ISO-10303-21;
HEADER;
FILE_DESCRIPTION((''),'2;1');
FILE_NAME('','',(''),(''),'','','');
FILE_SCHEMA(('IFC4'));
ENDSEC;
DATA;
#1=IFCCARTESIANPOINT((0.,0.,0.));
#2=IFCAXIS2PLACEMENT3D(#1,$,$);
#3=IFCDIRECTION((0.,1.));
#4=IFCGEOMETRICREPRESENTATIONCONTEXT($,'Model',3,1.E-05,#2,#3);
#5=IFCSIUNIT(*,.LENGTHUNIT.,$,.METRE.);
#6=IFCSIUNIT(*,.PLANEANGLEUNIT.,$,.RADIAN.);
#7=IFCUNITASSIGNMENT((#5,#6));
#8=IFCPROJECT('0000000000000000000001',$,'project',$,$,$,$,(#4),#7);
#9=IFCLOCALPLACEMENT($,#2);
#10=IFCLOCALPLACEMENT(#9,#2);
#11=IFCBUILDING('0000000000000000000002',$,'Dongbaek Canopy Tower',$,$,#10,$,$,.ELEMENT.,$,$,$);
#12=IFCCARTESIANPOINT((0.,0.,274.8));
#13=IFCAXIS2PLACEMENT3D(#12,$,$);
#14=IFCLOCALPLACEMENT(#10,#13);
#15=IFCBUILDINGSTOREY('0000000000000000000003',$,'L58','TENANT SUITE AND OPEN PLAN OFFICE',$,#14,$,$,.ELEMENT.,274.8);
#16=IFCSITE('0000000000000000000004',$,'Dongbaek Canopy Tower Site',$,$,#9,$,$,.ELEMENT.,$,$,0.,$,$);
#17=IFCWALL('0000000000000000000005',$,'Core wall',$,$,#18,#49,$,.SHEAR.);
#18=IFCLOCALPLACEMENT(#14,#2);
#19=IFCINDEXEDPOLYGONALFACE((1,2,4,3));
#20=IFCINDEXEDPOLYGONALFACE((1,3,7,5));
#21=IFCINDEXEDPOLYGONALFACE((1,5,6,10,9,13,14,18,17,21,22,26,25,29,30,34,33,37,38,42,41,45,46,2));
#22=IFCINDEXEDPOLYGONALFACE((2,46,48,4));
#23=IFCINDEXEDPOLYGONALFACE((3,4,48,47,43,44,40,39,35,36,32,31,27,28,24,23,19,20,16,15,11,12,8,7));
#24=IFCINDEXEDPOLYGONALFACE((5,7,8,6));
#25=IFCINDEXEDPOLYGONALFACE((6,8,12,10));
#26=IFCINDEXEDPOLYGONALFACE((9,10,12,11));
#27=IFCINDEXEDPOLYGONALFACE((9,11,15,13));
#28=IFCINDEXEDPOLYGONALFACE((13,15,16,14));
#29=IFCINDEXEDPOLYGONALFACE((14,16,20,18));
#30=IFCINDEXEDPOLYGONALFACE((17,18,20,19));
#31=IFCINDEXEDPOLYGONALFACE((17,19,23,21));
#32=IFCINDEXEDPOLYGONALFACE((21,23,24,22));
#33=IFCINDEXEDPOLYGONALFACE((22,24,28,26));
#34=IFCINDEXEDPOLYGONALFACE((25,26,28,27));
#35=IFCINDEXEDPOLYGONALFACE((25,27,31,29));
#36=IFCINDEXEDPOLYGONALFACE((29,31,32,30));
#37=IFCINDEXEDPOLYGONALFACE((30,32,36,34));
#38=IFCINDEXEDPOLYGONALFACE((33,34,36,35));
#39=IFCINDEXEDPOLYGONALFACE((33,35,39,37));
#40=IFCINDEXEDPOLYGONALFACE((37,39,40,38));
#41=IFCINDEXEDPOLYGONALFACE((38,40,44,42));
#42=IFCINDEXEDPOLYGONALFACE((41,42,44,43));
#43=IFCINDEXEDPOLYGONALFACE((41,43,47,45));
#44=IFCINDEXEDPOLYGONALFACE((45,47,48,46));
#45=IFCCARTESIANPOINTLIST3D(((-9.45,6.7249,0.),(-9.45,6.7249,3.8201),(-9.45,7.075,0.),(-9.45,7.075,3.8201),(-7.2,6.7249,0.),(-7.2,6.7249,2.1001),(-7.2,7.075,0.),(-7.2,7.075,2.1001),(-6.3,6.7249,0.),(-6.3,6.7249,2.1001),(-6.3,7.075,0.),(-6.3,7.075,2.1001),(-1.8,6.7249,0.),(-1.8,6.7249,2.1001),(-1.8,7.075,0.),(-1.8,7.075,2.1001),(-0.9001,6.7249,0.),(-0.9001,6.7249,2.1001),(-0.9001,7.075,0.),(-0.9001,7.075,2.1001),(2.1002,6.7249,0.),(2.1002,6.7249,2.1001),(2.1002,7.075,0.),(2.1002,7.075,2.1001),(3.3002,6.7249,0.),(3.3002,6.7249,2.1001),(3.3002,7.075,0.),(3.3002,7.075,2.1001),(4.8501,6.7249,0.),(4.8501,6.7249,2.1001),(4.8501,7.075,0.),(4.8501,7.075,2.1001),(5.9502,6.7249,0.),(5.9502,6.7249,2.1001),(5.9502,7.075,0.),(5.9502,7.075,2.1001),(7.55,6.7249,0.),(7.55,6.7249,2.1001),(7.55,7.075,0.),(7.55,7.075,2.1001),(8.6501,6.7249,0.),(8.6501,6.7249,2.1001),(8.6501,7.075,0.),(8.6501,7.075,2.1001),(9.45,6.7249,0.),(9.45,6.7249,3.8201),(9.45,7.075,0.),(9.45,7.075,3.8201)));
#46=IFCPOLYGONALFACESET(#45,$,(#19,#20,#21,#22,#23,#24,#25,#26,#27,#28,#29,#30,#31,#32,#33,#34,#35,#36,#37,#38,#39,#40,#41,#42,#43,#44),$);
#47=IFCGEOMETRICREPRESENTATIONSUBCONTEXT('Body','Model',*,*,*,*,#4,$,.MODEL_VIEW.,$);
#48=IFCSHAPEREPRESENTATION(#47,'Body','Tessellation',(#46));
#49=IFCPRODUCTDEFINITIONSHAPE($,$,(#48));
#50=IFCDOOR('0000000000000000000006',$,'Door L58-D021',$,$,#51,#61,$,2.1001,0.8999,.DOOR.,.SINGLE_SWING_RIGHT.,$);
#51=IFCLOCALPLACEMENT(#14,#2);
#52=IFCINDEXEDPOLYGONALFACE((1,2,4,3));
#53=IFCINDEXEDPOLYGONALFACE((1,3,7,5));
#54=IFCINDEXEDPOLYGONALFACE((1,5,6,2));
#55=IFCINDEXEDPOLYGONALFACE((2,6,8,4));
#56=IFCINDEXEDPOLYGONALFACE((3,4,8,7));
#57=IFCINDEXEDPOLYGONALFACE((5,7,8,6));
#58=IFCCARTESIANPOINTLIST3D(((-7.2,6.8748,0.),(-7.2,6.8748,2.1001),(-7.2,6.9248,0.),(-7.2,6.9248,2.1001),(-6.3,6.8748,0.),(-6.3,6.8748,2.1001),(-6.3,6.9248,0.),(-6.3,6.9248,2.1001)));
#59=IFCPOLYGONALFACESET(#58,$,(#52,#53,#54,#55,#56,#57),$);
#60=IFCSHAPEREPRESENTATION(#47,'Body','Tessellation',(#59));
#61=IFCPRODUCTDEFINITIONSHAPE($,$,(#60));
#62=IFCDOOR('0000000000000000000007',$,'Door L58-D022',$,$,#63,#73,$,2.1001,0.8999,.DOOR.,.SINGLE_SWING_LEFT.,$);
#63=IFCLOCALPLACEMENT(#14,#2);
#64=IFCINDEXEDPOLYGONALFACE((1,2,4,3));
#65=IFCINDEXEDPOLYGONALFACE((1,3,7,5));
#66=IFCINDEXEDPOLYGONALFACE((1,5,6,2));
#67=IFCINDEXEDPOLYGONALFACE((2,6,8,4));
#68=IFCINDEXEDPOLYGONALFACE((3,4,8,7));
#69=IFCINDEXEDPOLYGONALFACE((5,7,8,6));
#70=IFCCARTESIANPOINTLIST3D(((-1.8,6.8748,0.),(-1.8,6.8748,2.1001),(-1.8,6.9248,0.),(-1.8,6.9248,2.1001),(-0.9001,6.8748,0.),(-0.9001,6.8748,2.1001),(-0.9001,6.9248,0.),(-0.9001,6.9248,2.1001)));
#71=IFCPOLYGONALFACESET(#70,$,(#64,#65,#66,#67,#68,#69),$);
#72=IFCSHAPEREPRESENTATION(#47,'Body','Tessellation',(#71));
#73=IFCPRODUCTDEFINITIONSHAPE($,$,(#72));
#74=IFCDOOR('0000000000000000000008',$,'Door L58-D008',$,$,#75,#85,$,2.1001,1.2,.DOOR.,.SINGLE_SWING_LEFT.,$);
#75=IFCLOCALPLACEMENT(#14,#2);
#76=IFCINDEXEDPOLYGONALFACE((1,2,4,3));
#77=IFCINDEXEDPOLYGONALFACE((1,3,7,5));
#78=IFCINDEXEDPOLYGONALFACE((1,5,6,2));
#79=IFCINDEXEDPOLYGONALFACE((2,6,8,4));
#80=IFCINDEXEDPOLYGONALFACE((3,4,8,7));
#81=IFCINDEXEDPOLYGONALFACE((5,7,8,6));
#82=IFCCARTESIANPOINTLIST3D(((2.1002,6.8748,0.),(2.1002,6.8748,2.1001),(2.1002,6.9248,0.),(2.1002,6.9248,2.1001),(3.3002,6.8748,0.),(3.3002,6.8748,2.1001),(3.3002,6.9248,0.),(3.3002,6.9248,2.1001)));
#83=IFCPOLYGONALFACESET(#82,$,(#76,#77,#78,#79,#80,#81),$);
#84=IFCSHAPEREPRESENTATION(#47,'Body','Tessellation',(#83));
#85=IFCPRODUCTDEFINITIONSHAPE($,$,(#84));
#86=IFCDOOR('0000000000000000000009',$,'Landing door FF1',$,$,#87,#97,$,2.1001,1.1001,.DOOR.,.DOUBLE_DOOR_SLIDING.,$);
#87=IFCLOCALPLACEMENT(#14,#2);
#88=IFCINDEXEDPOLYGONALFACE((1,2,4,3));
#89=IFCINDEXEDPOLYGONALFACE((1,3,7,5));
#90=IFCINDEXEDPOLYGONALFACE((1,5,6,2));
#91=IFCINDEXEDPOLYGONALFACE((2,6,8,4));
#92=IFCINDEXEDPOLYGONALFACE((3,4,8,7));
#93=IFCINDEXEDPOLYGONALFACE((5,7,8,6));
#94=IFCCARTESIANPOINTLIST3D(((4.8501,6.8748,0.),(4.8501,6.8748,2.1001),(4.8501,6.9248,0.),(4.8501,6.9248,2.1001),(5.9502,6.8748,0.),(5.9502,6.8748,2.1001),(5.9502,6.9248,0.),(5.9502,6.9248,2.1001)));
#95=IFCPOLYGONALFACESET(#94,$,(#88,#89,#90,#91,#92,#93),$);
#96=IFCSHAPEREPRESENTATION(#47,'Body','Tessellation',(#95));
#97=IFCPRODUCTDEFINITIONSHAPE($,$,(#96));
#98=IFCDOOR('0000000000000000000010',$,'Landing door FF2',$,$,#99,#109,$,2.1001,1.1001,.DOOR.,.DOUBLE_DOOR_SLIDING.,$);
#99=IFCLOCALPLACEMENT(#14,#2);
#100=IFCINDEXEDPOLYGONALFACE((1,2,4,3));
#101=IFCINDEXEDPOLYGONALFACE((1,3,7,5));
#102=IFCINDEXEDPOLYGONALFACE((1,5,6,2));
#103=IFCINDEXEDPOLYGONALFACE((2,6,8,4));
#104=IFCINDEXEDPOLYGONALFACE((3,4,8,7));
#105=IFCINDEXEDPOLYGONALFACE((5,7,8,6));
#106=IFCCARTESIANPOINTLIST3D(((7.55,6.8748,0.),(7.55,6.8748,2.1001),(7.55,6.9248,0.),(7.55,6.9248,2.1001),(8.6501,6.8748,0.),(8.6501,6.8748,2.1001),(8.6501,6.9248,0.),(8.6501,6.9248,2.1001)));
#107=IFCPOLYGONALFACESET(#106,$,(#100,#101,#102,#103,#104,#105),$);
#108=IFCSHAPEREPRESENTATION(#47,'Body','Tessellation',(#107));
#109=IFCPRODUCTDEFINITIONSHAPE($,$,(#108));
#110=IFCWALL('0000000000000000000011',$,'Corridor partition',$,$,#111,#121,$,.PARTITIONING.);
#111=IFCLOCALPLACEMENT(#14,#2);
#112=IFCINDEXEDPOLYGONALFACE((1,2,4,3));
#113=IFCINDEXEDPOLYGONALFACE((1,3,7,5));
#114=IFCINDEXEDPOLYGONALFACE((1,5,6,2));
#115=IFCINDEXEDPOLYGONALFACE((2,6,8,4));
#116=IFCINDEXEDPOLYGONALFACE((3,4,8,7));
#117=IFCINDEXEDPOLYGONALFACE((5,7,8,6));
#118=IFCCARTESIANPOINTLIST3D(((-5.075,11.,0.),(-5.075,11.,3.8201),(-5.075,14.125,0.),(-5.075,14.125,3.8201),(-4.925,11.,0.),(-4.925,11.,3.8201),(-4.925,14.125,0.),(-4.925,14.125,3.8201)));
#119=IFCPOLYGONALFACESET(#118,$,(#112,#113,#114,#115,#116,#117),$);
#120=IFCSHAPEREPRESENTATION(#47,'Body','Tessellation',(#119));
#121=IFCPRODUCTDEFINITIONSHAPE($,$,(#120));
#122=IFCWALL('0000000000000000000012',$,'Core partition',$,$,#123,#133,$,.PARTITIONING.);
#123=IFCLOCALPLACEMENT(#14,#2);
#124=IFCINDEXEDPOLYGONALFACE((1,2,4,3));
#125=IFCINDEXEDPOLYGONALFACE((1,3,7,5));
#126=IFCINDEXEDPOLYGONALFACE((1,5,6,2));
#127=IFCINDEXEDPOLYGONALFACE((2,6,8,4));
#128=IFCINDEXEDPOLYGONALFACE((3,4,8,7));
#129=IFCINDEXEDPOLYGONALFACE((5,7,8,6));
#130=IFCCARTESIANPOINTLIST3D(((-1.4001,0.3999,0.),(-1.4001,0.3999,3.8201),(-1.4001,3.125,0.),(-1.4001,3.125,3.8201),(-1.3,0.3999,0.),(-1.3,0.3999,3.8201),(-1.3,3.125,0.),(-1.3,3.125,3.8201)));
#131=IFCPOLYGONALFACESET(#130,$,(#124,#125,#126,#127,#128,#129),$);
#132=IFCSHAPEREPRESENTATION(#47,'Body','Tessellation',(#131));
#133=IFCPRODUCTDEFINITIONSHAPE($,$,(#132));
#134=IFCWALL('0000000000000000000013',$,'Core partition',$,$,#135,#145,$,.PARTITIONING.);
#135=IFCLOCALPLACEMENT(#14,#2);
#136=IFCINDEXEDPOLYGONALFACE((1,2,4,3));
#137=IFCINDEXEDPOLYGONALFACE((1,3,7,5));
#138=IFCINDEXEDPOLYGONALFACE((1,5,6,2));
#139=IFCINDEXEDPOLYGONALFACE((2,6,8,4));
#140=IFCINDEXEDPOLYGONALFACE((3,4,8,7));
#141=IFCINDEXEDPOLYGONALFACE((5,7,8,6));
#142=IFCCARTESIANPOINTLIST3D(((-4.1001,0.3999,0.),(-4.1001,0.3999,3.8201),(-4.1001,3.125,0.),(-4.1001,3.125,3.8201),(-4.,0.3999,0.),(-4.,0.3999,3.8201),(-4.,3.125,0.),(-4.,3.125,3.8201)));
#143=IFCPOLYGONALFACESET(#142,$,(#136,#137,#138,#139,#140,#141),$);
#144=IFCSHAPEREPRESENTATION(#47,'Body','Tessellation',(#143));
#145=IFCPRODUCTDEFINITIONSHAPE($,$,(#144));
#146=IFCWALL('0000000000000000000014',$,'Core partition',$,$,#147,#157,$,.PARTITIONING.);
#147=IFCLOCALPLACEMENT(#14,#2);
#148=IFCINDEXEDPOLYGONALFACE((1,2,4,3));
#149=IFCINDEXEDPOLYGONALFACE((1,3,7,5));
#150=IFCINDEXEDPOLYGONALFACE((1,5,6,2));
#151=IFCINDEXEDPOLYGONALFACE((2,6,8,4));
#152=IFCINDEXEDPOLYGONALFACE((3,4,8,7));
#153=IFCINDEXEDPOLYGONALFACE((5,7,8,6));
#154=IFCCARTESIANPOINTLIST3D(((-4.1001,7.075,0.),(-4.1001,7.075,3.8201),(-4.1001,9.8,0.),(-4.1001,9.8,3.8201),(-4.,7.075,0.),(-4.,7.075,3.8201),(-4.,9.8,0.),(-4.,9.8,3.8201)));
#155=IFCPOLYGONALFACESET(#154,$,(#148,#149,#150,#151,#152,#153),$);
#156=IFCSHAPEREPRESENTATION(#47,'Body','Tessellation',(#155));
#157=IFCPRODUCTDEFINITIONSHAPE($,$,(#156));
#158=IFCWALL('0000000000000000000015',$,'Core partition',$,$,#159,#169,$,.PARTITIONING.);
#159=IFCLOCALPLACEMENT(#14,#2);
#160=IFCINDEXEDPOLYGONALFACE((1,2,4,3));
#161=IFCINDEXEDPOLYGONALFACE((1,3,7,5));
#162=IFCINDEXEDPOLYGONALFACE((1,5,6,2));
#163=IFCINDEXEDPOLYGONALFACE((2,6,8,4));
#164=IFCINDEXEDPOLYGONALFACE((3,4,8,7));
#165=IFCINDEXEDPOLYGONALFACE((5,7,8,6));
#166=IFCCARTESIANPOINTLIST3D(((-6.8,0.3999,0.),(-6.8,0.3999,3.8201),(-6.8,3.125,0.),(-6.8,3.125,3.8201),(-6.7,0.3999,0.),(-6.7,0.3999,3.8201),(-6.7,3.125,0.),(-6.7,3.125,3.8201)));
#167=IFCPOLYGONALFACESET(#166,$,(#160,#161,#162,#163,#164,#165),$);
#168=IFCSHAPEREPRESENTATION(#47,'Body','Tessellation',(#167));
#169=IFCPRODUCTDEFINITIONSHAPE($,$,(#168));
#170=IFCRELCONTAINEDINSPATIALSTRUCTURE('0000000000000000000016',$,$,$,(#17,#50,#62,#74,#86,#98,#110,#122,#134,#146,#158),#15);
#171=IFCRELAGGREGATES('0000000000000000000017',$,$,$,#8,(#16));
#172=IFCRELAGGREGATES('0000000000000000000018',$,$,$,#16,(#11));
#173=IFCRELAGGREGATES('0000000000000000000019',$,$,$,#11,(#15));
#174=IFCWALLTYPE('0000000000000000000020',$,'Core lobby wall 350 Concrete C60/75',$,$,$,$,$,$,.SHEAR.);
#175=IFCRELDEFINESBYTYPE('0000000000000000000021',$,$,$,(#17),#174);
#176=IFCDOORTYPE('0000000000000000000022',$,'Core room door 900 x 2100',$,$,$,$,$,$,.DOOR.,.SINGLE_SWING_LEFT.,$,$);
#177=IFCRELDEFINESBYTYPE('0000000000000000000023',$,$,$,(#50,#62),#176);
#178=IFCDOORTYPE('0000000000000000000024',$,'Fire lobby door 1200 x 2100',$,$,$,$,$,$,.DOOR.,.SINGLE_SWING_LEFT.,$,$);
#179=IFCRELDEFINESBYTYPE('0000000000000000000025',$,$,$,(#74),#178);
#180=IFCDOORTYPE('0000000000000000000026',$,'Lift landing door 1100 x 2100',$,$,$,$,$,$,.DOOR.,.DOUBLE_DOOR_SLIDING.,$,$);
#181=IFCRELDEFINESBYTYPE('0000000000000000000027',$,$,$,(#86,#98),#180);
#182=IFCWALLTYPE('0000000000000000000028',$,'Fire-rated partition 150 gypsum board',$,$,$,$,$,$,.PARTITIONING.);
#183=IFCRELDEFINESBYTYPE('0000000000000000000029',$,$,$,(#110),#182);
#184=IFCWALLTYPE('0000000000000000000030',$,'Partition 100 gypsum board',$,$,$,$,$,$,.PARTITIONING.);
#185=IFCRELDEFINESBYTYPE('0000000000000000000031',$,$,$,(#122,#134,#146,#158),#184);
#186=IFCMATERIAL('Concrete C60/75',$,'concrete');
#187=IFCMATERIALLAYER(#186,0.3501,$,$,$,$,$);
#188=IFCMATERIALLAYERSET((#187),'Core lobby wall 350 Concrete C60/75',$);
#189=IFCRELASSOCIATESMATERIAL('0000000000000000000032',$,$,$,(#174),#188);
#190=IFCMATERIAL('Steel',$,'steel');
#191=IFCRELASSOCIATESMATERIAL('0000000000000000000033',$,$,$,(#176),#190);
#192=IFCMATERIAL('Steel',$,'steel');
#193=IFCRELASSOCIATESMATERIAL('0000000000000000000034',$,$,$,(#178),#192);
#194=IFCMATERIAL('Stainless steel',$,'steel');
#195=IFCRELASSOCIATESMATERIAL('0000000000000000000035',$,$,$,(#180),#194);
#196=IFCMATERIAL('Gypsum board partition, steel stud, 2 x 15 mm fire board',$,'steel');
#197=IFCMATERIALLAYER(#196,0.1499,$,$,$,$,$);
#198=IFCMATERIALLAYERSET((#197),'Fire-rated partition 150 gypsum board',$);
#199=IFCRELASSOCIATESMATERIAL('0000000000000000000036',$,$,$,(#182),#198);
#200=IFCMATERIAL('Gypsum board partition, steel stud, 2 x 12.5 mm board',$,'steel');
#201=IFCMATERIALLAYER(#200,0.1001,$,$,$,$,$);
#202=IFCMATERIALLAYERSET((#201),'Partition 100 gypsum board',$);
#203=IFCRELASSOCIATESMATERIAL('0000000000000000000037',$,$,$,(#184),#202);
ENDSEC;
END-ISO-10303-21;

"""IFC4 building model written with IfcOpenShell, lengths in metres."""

from ifc_helpers import new_model, si_unit, direction, frame, frame_2d, origin, place, context, subcontext, project, spatial, rectangle, extrude, material, layer, layer_set, type_object, element, fill, save


model = new_model("IFC4")

# Units and contexts
model_context = context("Model", 3, precision=1e-05, world=origin(), true_north=direction((0.0, 1.0)))
body_context = subcontext(model_context, "Body", "Model", "MODEL_VIEW")
ifc_project = project(units=[si_unit("LENGTHUNIT", "METRE"), si_unit("PLANEANGLEUNIT", "RADIAN")], contexts=[model_context])

# Site, building, storey
site_placement = place(None, origin())
site = spatial("IfcSite", under=ifc_project, at=site_placement, Name="Dongbaek Canopy Tower Site", CompositionType="ELEMENT", RefElevation=0.0)
building_placement = place(site_placement, origin())
building = spatial("IfcBuilding", under=site, at=building_placement, Name="Dongbaek Canopy Tower", CompositionType="ELEMENT")
storey_placement = place(building_placement, frame((0.0, 0.0, 274.8)))
storey = spatial("IfcBuildingStorey", under=building, at=storey_placement, Name="L58", Description="TENANT SUITE AND OPEN PLAN OFFICE", CompositionType="ELEMENT", Elevation=274.8)

# Wall, openings, doors
ifc_material_1 = material(Name="Concrete C60/75", Category="concrete")
ifc_layer_1 = layer(ifc_material_1, 0.3501)
ifc_layer_set_1 = layer_set([ifc_layer_1], Name="Core lobby wall 350 Concrete C60/75")
wall_type_1 = type_object("IfcWallType", Name="Core lobby wall 350 Concrete C60/75", PredefinedType="SHEAR", material=ifc_layer_set_1)
wall_1_placement = place(storey_placement, frame((-9.45, 6.8999, 0.0), z_axis=(0.0, 0.0, 1.0), x_axis=(1.0, 0.0, 0.0)))
wall_1 = element("IfcWall", 1, at=wall_1_placement, inside=storey, type_object=wall_type_1, Name="Core wall", PredefinedType="SHEAR", context=body_context, shape_type="SweptSolid", body=[
    extrude(rectangle(XDim=18.8999, YDim=0.3501, at=frame_2d((9.45, 0.0))), origin(), (0.0, 0.0, 1.0), 3.8201),
])
opening_1_placement = place(wall_1_placement, frame((11.55, 0.0, 0.0)))
opening_1 = element("IfcOpeningElement", 2, at=opening_1_placement, cuts=wall_1, PredefinedType="OPENING", context=body_context, shape_type="SweptSolid", body=[
    extrude(rectangle(XDim=1.2, YDim=2.1001, at=frame_2d((0.6001, 1.05))), frame((0.0, 0.1851, 0.0), z_axis=(0.0, -1.0, 0.0), x_axis=(1.0, 0.0, 0.0)), (0.0, 0.0, 1.0), 0.3701),
])
opening_2_placement = place(wall_1_placement, frame((14.3, 0.0, 0.0)))
opening_2 = element("IfcOpeningElement", 3, at=opening_2_placement, cuts=wall_1, PredefinedType="OPENING", context=body_context, shape_type="SweptSolid", body=[
    extrude(rectangle(XDim=1.1001, YDim=2.1001, at=frame_2d((0.55, 1.05))), frame((0.0, 0.1851, 0.0), z_axis=(0.0, -1.0, 0.0), x_axis=(1.0, 0.0, 0.0)), (0.0, 0.0, 1.0), 0.3701),
])
opening_3_placement = place(wall_1_placement, frame((17.0, 0.0, 0.0)))
opening_3 = element("IfcOpeningElement", 4, at=opening_3_placement, cuts=wall_1, PredefinedType="OPENING", context=body_context, shape_type="SweptSolid", body=[
    extrude(rectangle(XDim=1.1001, YDim=2.1001, at=frame_2d((0.55, 1.05))), frame((0.0, 0.1851, 0.0), z_axis=(0.0, -1.0, 0.0), x_axis=(1.0, 0.0, 0.0)), (0.0, 0.0, 1.0), 0.3701),
])
opening_4_placement = place(wall_1_placement, frame((2.25, 0.0, 0.0)))
opening_4 = element("IfcOpeningElement", 5, at=opening_4_placement, cuts=wall_1, PredefinedType="OPENING", context=body_context, shape_type="SweptSolid", body=[
    extrude(rectangle(XDim=0.8999, YDim=2.1001, at=frame_2d((0.45, 1.05))), frame((0.0, 0.1851, 0.0), z_axis=(0.0, -1.0, 0.0), x_axis=(1.0, 0.0, 0.0)), (0.0, 0.0, 1.0), 0.3701),
])
opening_5_placement = place(wall_1_placement, frame((7.6499, 0.0, 0.0)))
opening_5 = element("IfcOpeningElement", 6, at=opening_5_placement, cuts=wall_1, PredefinedType="OPENING", context=body_context, shape_type="SweptSolid", body=[
    extrude(rectangle(XDim=0.8999, YDim=2.1001, at=frame_2d((0.45, 1.05))), frame((0.0, 0.1851, 0.0), z_axis=(0.0, -1.0, 0.0), x_axis=(1.0, 0.0, 0.0)), (0.0, 0.0, 1.0), 0.3701),
])
ifc_material_2 = material(Name="Steel", Category="steel")
door_type_1 = type_object("IfcDoorType", Name="Core room door 900 x 2100", OperationType="SINGLE_SWING_LEFT", PredefinedType="DOOR", material=ifc_material_2)
door_1_placement = place(opening_4_placement, origin())
door_1 = element("IfcDoor", 7, at=door_1_placement, inside=storey, type_object=door_type_1, Name="Door L58-D021", OperationType="SINGLE_SWING_RIGHT", OverallHeight=2.1001, OverallWidth=0.8999, PredefinedType="DOOR", context=body_context, shape_type="SweptSolid", body=[
    extrude(rectangle(XDim=0.8999, YDim=2.1001, at=frame_2d((0.45, 1.05))), frame((0.0, 0.0249, 0.0), z_axis=(0.0, -1.0, 0.0), x_axis=(1.0, 0.0, 0.0)), (0.0, 0.0, 1.0), 0.05),
])
fill(opening_4, door_1)
door_2_placement = place(opening_5_placement, origin())
door_2 = element("IfcDoor", 8, at=door_2_placement, inside=storey, type_object=door_type_1, Name="Door L58-D022", OperationType="SINGLE_SWING_LEFT", OverallHeight=2.1001, OverallWidth=0.8999, PredefinedType="DOOR", context=body_context, shape_type="SweptSolid", body=[
    extrude(rectangle(XDim=0.8999, YDim=2.1001, at=frame_2d((0.45, 1.05))), frame((0.0, 0.0249, 0.0), z_axis=(0.0, -1.0, 0.0), x_axis=(1.0, 0.0, 0.0)), (0.0, 0.0, 1.0), 0.05),
])
fill(opening_5, door_2)
ifc_material_3 = material(Name="Steel", Category="steel")
door_type_2 = type_object("IfcDoorType", Name="Fire lobby door 1200 x 2100", OperationType="SINGLE_SWING_LEFT", PredefinedType="DOOR", material=ifc_material_3)
door_3_placement = place(opening_1_placement, origin())
door_3 = element("IfcDoor", 9, at=door_3_placement, inside=storey, type_object=door_type_2, Name="Door L58-D008", OperationType="SINGLE_SWING_LEFT", OverallHeight=2.1001, OverallWidth=1.2, PredefinedType="DOOR", context=body_context, shape_type="SweptSolid", body=[
    extrude(rectangle(XDim=1.2, YDim=2.1001, at=frame_2d((0.6001, 1.05))), frame((0.0, 0.0249, 0.0), z_axis=(0.0, -1.0, 0.0), x_axis=(1.0, 0.0, 0.0)), (0.0, 0.0, 1.0), 0.05),
])
fill(opening_1, door_3)
ifc_material_4 = material(Name="Stainless steel", Category="steel")
door_type_3 = type_object("IfcDoorType", Name="Lift landing door 1100 x 2100", OperationType="DOUBLE_DOOR_SLIDING", PredefinedType="DOOR", material=ifc_material_4)
door_4_placement = place(opening_2_placement, origin())
door_4 = element("IfcDoor", 10, at=door_4_placement, inside=storey, type_object=door_type_3, Name="Landing door FF1", OperationType="DOUBLE_DOOR_SLIDING", OverallHeight=2.1001, OverallWidth=1.1001, PredefinedType="DOOR", context=body_context, shape_type="SweptSolid", body=[
    extrude(rectangle(XDim=1.1001, YDim=2.1001, at=frame_2d((0.55, 1.05))), frame((0.0, 0.0249, 0.0), z_axis=(0.0, -1.0, 0.0), x_axis=(1.0, 0.0, 0.0)), (0.0, 0.0, 1.0), 0.05),
])
fill(opening_2, door_4)
door_5_placement = place(opening_3_placement, origin())
door_5 = element("IfcDoor", 11, at=door_5_placement, inside=storey, type_object=door_type_3, Name="Landing door FF2", OperationType="DOUBLE_DOOR_SLIDING", OverallHeight=2.1001, OverallWidth=1.1001, PredefinedType="DOOR", context=body_context, shape_type="SweptSolid", body=[
    extrude(rectangle(XDim=1.1001, YDim=2.1001, at=frame_2d((0.55, 1.05))), frame((0.0, 0.0249, 0.0), z_axis=(0.0, -1.0, 0.0), x_axis=(1.0, 0.0, 0.0)), (0.0, 0.0, 1.0), 0.05),
])
fill(opening_3, door_5)

# Walls
ifc_material_5 = material(Name="Gypsum board partition, steel stud, 2 x 15 mm fire board", Category="steel")
ifc_layer_2 = layer(ifc_material_5, 0.1499)
ifc_layer_set_2 = layer_set([ifc_layer_2], Name="Fire-rated partition 150 gypsum board")
wall_type_2 = type_object("IfcWallType", Name="Fire-rated partition 150 gypsum board", PredefinedType="PARTITIONING", material=ifc_layer_set_2)
wall_2_placement = place(storey_placement, frame((-5.0, 11.0, 0.0), z_axis=(0.0, 0.0, 1.0), x_axis=(0.0, 1.0, 0.0)))
element("IfcWall", 12, at=wall_2_placement, inside=storey, type_object=wall_type_2, Name="Corridor partition", PredefinedType="PARTITIONING", context=body_context, shape_type="SweptSolid", body=[
    extrude(rectangle(XDim=3.125, YDim=0.1499, at=frame_2d((1.5625, 0.0))), origin(), (0.0, 0.0, 1.0), 3.8201),
])
ifc_material_6 = material(Name="Gypsum board partition, steel stud, 2 x 12.5 mm board", Category="steel")
ifc_layer_3 = layer(ifc_material_6, 0.1001)
ifc_layer_set_3 = layer_set([ifc_layer_3], Name="Partition 100 gypsum board")
wall_type_3 = type_object("IfcWallType", Name="Partition 100 gypsum board", PredefinedType="PARTITIONING", material=ifc_layer_set_3)
for number, where, z_axis, x_axis, name in (
    (13, (-1.3501, 0.3999, 0.0), (0.0, 0.0, 1.0), (0.0, 1.0, 0.0), "Core partition"),
    (14, (-4.05, 0.3999, 0.0), (0.0, 0.0, 1.0), (0.0, 1.0, 0.0), "Core partition"),
    (15, (-4.05, 7.075, 0.0), (0.0, 0.0, 1.0), (0.0, 1.0, 0.0), "Core partition"),
    (16, (-6.75, 0.3999, 0.0), (0.0, 0.0, 1.0), (0.0, 1.0, 0.0), "Core partition"),
):
    element("IfcWall", number, at=place(storey_placement, frame(where, z_axis=z_axis, x_axis=x_axis)), inside=storey, type_object=wall_type_3, Name=name, PredefinedType="PARTITIONING", context=body_context, shape_type="SweptSolid", body=[
        extrude(rectangle(XDim=2.7251, YDim=0.1001, at=frame_2d((1.3625, 0.0))), origin(), (0.0, 0.0, 1.0), 3.8201),
    ])

save(model, "model.ifc")
